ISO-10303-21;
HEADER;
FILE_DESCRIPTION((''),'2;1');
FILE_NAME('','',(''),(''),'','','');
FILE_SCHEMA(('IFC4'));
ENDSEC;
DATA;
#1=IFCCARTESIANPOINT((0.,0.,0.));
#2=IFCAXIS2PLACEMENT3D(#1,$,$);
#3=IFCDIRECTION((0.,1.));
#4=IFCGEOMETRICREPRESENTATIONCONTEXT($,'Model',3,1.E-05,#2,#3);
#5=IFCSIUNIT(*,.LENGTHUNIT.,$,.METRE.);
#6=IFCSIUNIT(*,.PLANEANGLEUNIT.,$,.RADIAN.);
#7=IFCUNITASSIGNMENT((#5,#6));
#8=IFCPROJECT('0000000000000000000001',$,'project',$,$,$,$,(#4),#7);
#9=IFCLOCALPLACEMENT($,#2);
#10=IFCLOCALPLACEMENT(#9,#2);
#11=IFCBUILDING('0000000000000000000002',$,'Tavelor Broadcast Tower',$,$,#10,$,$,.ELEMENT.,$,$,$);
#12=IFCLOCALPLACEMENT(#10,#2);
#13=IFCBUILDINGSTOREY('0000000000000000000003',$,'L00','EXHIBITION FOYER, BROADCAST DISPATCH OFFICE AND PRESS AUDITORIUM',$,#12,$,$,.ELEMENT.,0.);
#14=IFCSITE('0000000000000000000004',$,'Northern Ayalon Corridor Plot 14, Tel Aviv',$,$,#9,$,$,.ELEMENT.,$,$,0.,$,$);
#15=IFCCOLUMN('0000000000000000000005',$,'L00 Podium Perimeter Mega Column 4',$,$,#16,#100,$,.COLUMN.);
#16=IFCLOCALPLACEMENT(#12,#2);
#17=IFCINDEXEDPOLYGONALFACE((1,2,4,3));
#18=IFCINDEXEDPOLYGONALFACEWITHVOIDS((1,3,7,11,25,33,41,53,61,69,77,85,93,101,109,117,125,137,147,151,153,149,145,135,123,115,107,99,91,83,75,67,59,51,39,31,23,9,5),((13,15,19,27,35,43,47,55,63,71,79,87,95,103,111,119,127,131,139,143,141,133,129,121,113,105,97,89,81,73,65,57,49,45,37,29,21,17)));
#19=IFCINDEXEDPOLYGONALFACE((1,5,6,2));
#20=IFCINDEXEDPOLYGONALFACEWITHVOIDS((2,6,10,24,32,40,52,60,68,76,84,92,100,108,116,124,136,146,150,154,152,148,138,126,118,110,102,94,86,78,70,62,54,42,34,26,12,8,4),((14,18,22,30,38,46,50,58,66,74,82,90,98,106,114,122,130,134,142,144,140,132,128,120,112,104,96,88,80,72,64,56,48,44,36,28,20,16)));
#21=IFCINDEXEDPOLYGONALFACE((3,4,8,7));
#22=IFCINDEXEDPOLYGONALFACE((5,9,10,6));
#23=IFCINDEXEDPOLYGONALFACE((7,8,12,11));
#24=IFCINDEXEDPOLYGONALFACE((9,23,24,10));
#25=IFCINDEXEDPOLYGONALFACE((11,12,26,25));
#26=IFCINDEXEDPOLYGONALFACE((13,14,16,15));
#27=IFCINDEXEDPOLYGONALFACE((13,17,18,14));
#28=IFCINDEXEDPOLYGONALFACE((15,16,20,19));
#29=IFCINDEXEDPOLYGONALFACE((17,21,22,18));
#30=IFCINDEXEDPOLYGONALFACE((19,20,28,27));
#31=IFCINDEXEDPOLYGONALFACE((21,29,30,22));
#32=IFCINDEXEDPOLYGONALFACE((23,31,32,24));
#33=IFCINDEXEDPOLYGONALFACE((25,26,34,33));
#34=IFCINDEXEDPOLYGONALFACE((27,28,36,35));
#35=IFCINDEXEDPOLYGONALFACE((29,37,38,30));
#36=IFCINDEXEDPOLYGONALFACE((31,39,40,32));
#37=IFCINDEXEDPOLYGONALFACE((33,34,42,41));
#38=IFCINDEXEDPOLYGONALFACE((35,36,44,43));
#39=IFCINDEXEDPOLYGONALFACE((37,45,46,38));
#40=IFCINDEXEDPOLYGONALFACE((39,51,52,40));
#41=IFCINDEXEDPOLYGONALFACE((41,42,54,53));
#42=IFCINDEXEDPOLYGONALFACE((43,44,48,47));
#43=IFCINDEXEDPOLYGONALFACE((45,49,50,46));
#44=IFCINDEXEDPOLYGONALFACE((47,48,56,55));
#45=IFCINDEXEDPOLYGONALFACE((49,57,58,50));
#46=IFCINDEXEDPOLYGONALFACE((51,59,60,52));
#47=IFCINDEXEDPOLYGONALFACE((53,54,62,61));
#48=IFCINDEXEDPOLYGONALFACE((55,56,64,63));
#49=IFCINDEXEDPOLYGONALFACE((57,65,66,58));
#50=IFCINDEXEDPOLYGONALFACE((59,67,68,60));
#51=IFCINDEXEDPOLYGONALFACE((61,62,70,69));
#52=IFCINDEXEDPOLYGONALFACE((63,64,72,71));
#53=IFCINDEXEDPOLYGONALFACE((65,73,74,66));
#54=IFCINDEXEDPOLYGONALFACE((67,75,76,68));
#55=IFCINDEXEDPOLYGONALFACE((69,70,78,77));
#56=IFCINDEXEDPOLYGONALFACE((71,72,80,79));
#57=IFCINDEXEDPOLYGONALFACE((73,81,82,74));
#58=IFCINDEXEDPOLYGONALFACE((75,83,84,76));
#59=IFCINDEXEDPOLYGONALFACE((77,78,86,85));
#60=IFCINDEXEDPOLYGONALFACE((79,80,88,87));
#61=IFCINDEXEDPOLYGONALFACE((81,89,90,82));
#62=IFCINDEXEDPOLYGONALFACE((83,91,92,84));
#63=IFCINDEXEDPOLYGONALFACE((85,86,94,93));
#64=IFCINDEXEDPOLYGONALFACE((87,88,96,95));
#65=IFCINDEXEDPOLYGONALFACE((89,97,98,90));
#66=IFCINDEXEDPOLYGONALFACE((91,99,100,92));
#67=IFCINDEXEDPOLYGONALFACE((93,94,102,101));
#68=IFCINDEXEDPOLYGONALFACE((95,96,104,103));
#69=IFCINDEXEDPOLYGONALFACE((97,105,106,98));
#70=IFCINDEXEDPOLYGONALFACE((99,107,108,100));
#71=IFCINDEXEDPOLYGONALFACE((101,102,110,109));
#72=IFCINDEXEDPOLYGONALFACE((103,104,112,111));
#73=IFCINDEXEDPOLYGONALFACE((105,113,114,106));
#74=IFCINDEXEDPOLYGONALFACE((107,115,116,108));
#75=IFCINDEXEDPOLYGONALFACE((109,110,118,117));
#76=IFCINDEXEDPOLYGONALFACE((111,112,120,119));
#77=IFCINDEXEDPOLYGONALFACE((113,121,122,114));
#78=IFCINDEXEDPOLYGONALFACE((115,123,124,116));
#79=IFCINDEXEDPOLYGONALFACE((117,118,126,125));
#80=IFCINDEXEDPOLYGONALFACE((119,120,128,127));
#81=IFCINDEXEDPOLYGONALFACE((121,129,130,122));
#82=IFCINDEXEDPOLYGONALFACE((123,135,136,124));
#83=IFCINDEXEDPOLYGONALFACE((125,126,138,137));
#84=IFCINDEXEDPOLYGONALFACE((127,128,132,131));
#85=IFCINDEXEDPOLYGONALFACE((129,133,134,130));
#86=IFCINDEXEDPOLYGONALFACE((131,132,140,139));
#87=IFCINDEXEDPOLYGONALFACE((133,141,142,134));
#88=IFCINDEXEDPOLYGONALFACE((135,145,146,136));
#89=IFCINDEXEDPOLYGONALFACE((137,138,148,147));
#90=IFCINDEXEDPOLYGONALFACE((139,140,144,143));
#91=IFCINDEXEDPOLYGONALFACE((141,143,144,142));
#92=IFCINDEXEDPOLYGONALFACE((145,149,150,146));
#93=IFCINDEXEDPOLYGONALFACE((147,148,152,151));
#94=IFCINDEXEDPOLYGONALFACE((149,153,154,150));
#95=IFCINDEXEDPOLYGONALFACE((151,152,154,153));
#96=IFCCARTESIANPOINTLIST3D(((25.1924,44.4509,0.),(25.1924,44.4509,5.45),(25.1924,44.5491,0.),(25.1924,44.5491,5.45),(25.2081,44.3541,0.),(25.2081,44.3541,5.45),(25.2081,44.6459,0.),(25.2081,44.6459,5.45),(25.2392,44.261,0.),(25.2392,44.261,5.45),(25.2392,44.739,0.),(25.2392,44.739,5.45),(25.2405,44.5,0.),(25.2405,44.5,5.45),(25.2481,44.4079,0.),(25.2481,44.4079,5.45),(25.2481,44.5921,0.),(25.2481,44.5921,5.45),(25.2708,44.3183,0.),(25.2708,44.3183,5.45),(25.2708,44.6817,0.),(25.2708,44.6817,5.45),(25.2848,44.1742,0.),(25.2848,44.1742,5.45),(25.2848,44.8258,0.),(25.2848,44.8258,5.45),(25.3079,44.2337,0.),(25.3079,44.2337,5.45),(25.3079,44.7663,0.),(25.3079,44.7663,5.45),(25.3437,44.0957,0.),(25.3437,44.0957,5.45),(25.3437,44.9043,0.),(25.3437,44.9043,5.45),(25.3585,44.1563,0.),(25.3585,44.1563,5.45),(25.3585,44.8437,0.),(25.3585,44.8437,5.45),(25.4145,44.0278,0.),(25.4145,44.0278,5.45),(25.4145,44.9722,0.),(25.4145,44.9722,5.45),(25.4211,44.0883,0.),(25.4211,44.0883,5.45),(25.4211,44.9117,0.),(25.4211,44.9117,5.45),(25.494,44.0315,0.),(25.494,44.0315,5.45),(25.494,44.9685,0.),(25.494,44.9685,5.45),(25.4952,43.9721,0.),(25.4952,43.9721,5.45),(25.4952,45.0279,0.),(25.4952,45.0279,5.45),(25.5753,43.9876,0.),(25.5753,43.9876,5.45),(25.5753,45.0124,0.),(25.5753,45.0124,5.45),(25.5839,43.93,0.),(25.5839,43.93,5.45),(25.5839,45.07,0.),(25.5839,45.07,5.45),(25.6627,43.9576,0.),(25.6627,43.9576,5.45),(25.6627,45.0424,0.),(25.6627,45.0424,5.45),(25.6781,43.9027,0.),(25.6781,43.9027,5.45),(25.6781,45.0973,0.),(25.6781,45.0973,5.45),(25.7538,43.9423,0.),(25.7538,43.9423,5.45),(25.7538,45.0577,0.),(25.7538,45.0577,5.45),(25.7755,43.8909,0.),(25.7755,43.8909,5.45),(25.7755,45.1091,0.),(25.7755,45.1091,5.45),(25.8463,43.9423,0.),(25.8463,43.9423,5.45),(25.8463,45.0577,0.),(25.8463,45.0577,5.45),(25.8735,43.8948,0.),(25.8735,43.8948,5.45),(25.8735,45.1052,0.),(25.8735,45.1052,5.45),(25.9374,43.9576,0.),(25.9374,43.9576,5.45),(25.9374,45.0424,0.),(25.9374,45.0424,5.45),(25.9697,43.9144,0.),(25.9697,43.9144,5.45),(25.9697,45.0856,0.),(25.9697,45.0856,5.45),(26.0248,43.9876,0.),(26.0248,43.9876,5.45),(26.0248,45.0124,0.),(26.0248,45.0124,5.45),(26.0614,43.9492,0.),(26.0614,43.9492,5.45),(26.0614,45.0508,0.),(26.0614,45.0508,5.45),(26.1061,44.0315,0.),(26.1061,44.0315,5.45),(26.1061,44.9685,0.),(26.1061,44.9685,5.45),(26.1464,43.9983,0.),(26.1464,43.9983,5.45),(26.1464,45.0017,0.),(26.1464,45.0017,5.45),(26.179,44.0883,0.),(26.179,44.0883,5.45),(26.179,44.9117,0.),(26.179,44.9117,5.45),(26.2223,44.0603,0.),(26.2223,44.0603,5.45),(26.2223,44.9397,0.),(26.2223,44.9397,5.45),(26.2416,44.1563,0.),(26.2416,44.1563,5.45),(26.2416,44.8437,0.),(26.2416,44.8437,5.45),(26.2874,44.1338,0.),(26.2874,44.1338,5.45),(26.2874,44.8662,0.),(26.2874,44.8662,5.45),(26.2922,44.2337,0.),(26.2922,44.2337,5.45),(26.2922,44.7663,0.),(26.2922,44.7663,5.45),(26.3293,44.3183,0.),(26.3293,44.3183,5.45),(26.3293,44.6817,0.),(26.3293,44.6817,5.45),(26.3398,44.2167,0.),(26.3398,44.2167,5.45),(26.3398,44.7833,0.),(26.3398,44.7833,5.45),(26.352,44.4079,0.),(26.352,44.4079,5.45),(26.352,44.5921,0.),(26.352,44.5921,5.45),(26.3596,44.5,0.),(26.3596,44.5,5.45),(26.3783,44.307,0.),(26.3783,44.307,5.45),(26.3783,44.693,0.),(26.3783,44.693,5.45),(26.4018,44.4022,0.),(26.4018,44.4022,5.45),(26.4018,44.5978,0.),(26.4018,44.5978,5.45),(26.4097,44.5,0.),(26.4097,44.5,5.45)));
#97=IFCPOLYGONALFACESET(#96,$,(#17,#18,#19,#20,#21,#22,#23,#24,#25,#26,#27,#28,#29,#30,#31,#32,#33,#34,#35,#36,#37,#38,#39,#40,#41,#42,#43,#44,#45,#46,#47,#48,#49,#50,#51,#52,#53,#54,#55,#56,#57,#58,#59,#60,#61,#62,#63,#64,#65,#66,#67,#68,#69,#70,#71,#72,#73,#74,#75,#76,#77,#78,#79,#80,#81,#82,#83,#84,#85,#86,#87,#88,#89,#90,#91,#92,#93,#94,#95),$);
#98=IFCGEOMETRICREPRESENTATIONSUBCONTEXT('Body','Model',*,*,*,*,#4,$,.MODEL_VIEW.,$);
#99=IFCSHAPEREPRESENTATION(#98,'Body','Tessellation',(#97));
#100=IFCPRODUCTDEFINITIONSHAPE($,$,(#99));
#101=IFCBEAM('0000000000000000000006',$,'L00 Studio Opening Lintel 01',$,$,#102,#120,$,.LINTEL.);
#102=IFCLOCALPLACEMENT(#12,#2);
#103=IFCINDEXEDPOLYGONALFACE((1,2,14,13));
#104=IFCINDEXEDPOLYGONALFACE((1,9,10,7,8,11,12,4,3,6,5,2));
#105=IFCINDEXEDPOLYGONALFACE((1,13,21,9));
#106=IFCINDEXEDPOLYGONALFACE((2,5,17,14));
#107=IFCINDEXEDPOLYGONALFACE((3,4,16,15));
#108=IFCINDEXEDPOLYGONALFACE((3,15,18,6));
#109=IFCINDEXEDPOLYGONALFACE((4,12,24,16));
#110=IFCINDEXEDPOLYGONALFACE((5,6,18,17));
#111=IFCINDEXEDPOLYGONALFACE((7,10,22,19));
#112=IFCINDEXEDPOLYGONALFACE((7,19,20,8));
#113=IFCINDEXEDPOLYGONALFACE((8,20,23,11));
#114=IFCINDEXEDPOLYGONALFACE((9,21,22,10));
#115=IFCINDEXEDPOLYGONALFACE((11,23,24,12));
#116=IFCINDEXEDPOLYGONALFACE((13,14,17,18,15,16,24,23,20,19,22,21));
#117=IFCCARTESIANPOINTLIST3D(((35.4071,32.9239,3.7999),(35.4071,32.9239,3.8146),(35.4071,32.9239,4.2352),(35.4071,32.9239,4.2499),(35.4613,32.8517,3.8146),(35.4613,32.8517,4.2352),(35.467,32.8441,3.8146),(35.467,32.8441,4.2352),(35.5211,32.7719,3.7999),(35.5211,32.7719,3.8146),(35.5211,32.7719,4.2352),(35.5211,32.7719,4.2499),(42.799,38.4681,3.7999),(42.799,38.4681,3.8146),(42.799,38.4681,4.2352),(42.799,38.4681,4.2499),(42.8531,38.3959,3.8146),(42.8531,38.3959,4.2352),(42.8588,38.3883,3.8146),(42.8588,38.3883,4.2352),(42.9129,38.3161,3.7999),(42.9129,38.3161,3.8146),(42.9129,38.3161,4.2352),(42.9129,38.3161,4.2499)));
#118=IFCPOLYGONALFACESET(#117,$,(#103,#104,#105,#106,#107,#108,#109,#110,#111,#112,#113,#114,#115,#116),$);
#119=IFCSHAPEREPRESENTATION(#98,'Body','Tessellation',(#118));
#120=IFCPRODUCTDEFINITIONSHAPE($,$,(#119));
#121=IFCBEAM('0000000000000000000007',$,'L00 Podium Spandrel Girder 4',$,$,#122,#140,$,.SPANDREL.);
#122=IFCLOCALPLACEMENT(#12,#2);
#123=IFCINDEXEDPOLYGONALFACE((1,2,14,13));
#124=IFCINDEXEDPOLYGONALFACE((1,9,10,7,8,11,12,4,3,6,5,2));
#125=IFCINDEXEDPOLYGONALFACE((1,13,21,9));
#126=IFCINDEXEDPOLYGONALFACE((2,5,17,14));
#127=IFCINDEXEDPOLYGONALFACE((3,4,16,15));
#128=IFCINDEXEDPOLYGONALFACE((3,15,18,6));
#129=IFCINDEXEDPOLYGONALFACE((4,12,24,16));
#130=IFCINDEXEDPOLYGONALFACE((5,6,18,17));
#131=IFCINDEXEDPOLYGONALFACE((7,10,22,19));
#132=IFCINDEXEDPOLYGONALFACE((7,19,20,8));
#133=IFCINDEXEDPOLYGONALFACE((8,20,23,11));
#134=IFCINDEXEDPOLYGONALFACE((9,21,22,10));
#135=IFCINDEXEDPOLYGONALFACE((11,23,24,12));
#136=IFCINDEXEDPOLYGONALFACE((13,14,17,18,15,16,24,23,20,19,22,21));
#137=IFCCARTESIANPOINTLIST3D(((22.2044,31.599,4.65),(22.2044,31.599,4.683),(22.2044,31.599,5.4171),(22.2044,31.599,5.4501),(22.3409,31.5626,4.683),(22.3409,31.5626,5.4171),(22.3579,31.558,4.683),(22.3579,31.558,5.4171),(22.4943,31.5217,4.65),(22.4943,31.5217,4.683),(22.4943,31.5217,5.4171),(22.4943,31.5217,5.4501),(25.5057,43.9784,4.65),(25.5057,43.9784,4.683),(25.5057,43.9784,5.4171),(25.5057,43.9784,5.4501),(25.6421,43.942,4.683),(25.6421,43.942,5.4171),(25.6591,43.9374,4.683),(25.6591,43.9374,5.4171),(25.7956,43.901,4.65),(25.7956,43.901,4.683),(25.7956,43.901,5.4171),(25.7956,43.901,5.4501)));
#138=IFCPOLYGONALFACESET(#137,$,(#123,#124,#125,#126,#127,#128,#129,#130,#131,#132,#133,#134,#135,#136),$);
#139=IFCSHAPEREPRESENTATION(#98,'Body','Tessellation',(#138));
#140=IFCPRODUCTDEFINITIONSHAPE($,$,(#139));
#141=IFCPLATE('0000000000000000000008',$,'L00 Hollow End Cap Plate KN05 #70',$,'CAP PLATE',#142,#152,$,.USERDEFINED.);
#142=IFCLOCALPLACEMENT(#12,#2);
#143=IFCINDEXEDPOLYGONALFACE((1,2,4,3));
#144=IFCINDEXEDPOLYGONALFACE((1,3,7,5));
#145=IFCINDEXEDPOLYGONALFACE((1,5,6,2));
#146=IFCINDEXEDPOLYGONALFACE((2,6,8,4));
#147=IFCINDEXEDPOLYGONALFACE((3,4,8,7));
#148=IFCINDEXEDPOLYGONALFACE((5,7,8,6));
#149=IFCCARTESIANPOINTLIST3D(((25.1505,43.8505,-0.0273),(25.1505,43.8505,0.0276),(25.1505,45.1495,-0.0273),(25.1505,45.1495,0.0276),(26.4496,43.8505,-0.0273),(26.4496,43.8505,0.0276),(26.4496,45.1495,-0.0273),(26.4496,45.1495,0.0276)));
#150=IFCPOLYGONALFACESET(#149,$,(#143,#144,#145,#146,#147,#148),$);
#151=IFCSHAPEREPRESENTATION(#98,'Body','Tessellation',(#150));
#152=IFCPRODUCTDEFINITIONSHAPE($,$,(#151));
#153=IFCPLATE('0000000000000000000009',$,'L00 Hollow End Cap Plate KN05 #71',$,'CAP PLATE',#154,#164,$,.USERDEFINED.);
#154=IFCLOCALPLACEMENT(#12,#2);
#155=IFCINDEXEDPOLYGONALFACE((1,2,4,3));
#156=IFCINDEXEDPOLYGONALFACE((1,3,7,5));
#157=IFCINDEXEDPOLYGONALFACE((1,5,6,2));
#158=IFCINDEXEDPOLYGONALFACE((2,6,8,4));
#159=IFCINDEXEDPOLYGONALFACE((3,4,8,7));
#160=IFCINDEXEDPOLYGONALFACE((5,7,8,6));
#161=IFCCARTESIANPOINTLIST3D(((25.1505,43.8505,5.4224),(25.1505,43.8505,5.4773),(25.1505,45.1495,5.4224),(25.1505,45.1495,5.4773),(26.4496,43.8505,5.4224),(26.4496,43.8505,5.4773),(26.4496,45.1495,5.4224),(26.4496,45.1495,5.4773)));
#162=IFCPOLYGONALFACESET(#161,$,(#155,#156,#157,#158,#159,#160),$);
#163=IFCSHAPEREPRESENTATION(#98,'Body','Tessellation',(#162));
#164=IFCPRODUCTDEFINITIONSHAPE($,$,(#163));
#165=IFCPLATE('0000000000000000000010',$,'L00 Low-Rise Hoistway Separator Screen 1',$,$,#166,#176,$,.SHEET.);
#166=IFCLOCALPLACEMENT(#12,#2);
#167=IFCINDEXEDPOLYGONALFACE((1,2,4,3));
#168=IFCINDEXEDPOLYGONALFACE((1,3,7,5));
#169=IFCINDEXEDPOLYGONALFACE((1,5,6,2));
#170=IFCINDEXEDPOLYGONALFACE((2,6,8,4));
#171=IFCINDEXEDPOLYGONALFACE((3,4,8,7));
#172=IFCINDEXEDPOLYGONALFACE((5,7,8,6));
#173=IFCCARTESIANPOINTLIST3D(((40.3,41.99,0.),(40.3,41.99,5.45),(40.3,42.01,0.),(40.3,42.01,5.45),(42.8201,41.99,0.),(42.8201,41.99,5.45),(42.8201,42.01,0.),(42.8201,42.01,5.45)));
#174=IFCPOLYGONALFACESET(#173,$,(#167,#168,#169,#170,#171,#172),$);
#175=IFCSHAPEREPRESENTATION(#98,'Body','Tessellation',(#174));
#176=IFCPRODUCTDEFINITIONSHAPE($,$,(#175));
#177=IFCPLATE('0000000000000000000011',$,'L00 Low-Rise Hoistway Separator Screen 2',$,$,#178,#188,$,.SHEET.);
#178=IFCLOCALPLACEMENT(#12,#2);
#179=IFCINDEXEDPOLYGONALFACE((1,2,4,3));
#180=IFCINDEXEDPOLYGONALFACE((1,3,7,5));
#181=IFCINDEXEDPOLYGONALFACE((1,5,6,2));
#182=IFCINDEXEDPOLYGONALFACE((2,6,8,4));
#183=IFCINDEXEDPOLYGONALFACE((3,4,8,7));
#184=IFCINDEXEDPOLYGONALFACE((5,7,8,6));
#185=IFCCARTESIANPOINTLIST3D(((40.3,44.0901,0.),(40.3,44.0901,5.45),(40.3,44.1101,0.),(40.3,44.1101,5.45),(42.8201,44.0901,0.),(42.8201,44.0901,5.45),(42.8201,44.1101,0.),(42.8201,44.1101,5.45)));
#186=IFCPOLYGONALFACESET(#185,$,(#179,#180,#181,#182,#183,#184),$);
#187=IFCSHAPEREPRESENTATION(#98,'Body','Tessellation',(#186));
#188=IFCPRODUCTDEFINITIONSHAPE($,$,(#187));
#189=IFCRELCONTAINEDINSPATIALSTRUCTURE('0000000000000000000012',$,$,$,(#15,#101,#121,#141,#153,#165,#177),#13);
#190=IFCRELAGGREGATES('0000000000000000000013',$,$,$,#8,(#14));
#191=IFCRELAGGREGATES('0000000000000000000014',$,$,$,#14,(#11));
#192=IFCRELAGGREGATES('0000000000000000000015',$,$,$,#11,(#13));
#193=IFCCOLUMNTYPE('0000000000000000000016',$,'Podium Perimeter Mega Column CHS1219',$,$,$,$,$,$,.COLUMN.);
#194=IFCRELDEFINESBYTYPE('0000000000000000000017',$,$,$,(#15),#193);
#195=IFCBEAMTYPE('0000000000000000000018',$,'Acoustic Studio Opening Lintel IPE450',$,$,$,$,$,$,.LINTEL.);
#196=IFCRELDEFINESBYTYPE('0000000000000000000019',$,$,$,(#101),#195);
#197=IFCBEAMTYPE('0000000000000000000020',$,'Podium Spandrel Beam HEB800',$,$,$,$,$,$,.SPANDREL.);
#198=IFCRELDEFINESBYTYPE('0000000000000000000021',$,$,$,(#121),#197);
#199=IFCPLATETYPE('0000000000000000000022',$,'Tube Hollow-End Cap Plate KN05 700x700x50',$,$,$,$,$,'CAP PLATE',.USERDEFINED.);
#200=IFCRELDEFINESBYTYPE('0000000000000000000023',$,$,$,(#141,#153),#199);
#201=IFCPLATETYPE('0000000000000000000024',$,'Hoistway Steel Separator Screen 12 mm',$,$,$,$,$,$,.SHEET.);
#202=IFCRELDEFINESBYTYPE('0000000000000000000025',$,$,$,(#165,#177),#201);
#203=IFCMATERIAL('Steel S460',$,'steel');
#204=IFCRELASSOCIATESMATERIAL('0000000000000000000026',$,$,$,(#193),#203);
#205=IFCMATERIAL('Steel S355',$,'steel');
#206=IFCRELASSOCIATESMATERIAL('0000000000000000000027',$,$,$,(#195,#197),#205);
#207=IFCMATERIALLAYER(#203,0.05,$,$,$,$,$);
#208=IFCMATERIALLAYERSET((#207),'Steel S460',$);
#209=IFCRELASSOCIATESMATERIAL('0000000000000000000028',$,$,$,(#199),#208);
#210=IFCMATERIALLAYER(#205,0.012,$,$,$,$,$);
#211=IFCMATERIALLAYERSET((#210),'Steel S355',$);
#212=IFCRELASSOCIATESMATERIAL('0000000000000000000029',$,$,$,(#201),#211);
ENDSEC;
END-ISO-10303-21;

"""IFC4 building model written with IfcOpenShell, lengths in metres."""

from ifc_helpers import new_model, si_unit, direction, frame, origin, origin_2d, place, context, subcontext, project, spatial, rectangle, hollow_circle, i_section, extrude, source, transform, mapped, material, layer, layer_set, material_profile, profile_set, type_object, type_shapes, element, save


model = new_model("IFC4")

# Units and contexts
model_context = context("Model", 3, precision=1e-05, world=origin(), true_north=direction((0.0, 1.0)))
body_context = subcontext(model_context, "Body", "Model", "MODEL_VIEW")
ifc_project = project(units=[si_unit("LENGTHUNIT", "METRE"), si_unit("PLANEANGLEUNIT", "RADIAN")], contexts=[model_context])

# Site, building, storey
site_placement = place(None, origin())
site = spatial("IfcSite", under=ifc_project, at=site_placement, Name="Northern Ayalon Corridor Plot 14, Tel Aviv", CompositionType="ELEMENT", RefElevation=0.0)
building_placement = place(site_placement, origin())
building = spatial("IfcBuilding", under=site, at=building_placement, Name="Tavelor Broadcast Tower", CompositionType="ELEMENT")
storey_placement = place(building_placement, origin())
storey = spatial("IfcBuildingStorey", under=building, at=storey_placement, Name="L00", Description="EXHIBITION FOYER, BROADCAST DISPATCH OFFICE AND PRESS AUDITORIUM", CompositionType="ELEMENT", Elevation=0.0)

# Column
ifc_material_1 = material(Name="Steel S460", Category="steel")
ifc_material_profile_1 = material_profile(ifc_material_1, hollow_circle(Radius=0.6096, WallThickness=0.05, at=origin_2d()), Name="CHS 1219x50")
ifc_profile_set_1 = profile_set([ifc_material_profile_1], Name="Steel S460")
column_type = type_object("IfcColumnType", Name="Podium Perimeter Mega Column CHS1219", PredefinedType="COLUMN", material=ifc_profile_set_1)
column_placement = place(storey_placement, frame((25.8, 44.5, 0.0), z_axis=(0.0, 0.0, 1.0), x_axis=(1.0, 0.0, 0.0)))
element("IfcColumn", 1, at=column_placement, inside=storey, type_object=column_type, Name="L00 Podium Perimeter Mega Column 4", PredefinedType="COLUMN", context=body_context, shape_type="SweptSolid", body=[
    extrude(hollow_circle(Radius=0.6096, WallThickness=0.05, at=origin_2d()), origin(), (0.0, 0.0, 1.0), 5.45),
])

# Beams
ifc_material_2 = material(Name="Steel S355", Category="steel")
ifc_material_profile_2 = material_profile(ifc_material_2, i_section(OverallWidth=0.1899, OverallDepth=0.45, WebThickness=0.0095, FlangeThickness=0.0146, at=origin_2d()), Name="IPE 450")
ifc_profile_set_2 = profile_set([ifc_material_profile_2], Name="Steel S355")
beam_type_1 = type_object("IfcBeamType", Name="Acoustic Studio Opening Lintel IPE450", PredefinedType="LINTEL", material=ifc_profile_set_2)
beam_1_placement = place(storey_placement, frame((42.856, 38.3921, 4.0249), z_axis=(-0.799984, -0.600021, 0.0), x_axis=(0.600021, -0.799984, 0.0)))
element("IfcBeam", 2, at=beam_1_placement, inside=storey, type_object=beam_type_1, Name="L00 Studio Opening Lintel 01", PredefinedType="LINTEL", context=body_context, shape_type="SweptSolid", body=[
    extrude(i_section(OverallWidth=0.1899, OverallDepth=0.45, WebThickness=0.0095, FlangeThickness=0.0146, at=origin_2d()), origin(), (0.0, 0.0, 1.0), 9.24),
])
ifc_material_profile_3 = material_profile(ifc_material_2, i_section(OverallWidth=0.3, OverallDepth=0.8, WebThickness=0.0176, FlangeThickness=0.033, at=origin_2d()), Name="HEB 800")
ifc_profile_set_3 = profile_set([ifc_material_profile_3], Name="Steel S355")
beam_type_2 = type_object("IfcBeamType", Name="Podium Spandrel Beam HEB800", PredefinedType="SPANDREL", material=ifc_profile_set_3)
beam_2_placement = place(storey_placement, frame((25.6506, 43.9397, 5.05), z_axis=(-0.25767, -0.966233, 0.0), x_axis=(0.966233, -0.25767, 0.0)))
element("IfcBeam", 3, at=beam_2_placement, inside=storey, type_object=beam_type_2, Name="L00 Podium Spandrel Girder 4", PredefinedType="SPANDREL", context=body_context, shape_type="SweptSolid", body=[
    extrude(i_section(OverallWidth=0.3, OverallDepth=0.8, WebThickness=0.0176, FlangeThickness=0.033, at=origin_2d()), origin(), (0.0, 0.0, 1.0), 12.812),
])

# Plates
ifc_layer_1 = layer(ifc_material_1, 0.05)
ifc_layer_set_1 = layer_set([ifc_layer_1], Name="Steel S460")
plate_type_1 = type_object("IfcPlateType", Name="Tube Hollow-End Cap Plate KN05 700x700x50", ElementType="CAP PLATE", PredefinedType="USERDEFINED", material=ifc_layer_set_1)
shared_shape_1 = source(origin(), body_context, "Body", "SweptSolid", [
    extrude(rectangle(XDim=1.2991, YDim=1.2991, at=origin_2d()), origin(), (0.0, 0.0, 1.0), 0.0549),
])
type_shapes(plate_type_1, [shared_shape_1])
for number, where, z_axis, x_axis, name in (
    (4, (25.8, 44.5, -0.0273), (0.0, 0.0, 1.0), (1.0, 0.0, 0.0), "L00 Hollow End Cap Plate KN05 #70"),
    (5, (25.8, 44.5, 5.4224), (0.0, 0.0, 1.0), (1.0, 0.0, 0.0), "L00 Hollow End Cap Plate KN05 #71"),
):
    element("IfcPlate", number, at=place(storey_placement, frame(where, z_axis=z_axis, x_axis=x_axis)), inside=storey, type_object=plate_type_1, Name=name, ObjectType="CAP PLATE", PredefinedType="USERDEFINED", context=body_context, shape_type="MappedRepresentation", body=[
        mapped(shared_shape_1, transform((0.0, 0.0, 0.0), scale=1.0)),
    ])
ifc_layer_2 = layer(ifc_material_2, 0.012)
ifc_layer_set_2 = layer_set([ifc_layer_2], Name="Steel S355")
plate_type_2 = type_object("IfcPlateType", Name="Hoistway Steel Separator Screen 12 mm", PredefinedType="SHEET", material=ifc_layer_set_2)
shared_shape_2 = source(origin(), body_context, "Body", "SweptSolid", [
    extrude(rectangle(XDim=2.52, YDim=0.02, at=origin_2d()), origin(), (0.0, 0.0, 1.0), 5.45),
])
type_shapes(plate_type_2, [shared_shape_2])
for number, where, z_axis, x_axis, name in (
    (6, (41.5601, 42.0, 0.0), (0.0, 0.0, 1.0), (1.0, 0.0, 0.0), "L00 Low-Rise Hoistway Separator Screen 1"),
    (7, (41.5601, 44.1001, 0.0), (0.0, 0.0, 1.0), (1.0, 0.0, 0.0), "L00 Low-Rise Hoistway Separator Screen 2"),
):
    element("IfcPlate", number, at=place(storey_placement, frame(where, z_axis=z_axis, x_axis=x_axis)), inside=storey, type_object=plate_type_2, Name=name, PredefinedType="SHEET", context=body_context, shape_type="MappedRepresentation", body=[
        mapped(shared_shape_2, transform((0.0, 0.0, 0.0), scale=1.0)),
    ])

save(model, "model.ifc")
